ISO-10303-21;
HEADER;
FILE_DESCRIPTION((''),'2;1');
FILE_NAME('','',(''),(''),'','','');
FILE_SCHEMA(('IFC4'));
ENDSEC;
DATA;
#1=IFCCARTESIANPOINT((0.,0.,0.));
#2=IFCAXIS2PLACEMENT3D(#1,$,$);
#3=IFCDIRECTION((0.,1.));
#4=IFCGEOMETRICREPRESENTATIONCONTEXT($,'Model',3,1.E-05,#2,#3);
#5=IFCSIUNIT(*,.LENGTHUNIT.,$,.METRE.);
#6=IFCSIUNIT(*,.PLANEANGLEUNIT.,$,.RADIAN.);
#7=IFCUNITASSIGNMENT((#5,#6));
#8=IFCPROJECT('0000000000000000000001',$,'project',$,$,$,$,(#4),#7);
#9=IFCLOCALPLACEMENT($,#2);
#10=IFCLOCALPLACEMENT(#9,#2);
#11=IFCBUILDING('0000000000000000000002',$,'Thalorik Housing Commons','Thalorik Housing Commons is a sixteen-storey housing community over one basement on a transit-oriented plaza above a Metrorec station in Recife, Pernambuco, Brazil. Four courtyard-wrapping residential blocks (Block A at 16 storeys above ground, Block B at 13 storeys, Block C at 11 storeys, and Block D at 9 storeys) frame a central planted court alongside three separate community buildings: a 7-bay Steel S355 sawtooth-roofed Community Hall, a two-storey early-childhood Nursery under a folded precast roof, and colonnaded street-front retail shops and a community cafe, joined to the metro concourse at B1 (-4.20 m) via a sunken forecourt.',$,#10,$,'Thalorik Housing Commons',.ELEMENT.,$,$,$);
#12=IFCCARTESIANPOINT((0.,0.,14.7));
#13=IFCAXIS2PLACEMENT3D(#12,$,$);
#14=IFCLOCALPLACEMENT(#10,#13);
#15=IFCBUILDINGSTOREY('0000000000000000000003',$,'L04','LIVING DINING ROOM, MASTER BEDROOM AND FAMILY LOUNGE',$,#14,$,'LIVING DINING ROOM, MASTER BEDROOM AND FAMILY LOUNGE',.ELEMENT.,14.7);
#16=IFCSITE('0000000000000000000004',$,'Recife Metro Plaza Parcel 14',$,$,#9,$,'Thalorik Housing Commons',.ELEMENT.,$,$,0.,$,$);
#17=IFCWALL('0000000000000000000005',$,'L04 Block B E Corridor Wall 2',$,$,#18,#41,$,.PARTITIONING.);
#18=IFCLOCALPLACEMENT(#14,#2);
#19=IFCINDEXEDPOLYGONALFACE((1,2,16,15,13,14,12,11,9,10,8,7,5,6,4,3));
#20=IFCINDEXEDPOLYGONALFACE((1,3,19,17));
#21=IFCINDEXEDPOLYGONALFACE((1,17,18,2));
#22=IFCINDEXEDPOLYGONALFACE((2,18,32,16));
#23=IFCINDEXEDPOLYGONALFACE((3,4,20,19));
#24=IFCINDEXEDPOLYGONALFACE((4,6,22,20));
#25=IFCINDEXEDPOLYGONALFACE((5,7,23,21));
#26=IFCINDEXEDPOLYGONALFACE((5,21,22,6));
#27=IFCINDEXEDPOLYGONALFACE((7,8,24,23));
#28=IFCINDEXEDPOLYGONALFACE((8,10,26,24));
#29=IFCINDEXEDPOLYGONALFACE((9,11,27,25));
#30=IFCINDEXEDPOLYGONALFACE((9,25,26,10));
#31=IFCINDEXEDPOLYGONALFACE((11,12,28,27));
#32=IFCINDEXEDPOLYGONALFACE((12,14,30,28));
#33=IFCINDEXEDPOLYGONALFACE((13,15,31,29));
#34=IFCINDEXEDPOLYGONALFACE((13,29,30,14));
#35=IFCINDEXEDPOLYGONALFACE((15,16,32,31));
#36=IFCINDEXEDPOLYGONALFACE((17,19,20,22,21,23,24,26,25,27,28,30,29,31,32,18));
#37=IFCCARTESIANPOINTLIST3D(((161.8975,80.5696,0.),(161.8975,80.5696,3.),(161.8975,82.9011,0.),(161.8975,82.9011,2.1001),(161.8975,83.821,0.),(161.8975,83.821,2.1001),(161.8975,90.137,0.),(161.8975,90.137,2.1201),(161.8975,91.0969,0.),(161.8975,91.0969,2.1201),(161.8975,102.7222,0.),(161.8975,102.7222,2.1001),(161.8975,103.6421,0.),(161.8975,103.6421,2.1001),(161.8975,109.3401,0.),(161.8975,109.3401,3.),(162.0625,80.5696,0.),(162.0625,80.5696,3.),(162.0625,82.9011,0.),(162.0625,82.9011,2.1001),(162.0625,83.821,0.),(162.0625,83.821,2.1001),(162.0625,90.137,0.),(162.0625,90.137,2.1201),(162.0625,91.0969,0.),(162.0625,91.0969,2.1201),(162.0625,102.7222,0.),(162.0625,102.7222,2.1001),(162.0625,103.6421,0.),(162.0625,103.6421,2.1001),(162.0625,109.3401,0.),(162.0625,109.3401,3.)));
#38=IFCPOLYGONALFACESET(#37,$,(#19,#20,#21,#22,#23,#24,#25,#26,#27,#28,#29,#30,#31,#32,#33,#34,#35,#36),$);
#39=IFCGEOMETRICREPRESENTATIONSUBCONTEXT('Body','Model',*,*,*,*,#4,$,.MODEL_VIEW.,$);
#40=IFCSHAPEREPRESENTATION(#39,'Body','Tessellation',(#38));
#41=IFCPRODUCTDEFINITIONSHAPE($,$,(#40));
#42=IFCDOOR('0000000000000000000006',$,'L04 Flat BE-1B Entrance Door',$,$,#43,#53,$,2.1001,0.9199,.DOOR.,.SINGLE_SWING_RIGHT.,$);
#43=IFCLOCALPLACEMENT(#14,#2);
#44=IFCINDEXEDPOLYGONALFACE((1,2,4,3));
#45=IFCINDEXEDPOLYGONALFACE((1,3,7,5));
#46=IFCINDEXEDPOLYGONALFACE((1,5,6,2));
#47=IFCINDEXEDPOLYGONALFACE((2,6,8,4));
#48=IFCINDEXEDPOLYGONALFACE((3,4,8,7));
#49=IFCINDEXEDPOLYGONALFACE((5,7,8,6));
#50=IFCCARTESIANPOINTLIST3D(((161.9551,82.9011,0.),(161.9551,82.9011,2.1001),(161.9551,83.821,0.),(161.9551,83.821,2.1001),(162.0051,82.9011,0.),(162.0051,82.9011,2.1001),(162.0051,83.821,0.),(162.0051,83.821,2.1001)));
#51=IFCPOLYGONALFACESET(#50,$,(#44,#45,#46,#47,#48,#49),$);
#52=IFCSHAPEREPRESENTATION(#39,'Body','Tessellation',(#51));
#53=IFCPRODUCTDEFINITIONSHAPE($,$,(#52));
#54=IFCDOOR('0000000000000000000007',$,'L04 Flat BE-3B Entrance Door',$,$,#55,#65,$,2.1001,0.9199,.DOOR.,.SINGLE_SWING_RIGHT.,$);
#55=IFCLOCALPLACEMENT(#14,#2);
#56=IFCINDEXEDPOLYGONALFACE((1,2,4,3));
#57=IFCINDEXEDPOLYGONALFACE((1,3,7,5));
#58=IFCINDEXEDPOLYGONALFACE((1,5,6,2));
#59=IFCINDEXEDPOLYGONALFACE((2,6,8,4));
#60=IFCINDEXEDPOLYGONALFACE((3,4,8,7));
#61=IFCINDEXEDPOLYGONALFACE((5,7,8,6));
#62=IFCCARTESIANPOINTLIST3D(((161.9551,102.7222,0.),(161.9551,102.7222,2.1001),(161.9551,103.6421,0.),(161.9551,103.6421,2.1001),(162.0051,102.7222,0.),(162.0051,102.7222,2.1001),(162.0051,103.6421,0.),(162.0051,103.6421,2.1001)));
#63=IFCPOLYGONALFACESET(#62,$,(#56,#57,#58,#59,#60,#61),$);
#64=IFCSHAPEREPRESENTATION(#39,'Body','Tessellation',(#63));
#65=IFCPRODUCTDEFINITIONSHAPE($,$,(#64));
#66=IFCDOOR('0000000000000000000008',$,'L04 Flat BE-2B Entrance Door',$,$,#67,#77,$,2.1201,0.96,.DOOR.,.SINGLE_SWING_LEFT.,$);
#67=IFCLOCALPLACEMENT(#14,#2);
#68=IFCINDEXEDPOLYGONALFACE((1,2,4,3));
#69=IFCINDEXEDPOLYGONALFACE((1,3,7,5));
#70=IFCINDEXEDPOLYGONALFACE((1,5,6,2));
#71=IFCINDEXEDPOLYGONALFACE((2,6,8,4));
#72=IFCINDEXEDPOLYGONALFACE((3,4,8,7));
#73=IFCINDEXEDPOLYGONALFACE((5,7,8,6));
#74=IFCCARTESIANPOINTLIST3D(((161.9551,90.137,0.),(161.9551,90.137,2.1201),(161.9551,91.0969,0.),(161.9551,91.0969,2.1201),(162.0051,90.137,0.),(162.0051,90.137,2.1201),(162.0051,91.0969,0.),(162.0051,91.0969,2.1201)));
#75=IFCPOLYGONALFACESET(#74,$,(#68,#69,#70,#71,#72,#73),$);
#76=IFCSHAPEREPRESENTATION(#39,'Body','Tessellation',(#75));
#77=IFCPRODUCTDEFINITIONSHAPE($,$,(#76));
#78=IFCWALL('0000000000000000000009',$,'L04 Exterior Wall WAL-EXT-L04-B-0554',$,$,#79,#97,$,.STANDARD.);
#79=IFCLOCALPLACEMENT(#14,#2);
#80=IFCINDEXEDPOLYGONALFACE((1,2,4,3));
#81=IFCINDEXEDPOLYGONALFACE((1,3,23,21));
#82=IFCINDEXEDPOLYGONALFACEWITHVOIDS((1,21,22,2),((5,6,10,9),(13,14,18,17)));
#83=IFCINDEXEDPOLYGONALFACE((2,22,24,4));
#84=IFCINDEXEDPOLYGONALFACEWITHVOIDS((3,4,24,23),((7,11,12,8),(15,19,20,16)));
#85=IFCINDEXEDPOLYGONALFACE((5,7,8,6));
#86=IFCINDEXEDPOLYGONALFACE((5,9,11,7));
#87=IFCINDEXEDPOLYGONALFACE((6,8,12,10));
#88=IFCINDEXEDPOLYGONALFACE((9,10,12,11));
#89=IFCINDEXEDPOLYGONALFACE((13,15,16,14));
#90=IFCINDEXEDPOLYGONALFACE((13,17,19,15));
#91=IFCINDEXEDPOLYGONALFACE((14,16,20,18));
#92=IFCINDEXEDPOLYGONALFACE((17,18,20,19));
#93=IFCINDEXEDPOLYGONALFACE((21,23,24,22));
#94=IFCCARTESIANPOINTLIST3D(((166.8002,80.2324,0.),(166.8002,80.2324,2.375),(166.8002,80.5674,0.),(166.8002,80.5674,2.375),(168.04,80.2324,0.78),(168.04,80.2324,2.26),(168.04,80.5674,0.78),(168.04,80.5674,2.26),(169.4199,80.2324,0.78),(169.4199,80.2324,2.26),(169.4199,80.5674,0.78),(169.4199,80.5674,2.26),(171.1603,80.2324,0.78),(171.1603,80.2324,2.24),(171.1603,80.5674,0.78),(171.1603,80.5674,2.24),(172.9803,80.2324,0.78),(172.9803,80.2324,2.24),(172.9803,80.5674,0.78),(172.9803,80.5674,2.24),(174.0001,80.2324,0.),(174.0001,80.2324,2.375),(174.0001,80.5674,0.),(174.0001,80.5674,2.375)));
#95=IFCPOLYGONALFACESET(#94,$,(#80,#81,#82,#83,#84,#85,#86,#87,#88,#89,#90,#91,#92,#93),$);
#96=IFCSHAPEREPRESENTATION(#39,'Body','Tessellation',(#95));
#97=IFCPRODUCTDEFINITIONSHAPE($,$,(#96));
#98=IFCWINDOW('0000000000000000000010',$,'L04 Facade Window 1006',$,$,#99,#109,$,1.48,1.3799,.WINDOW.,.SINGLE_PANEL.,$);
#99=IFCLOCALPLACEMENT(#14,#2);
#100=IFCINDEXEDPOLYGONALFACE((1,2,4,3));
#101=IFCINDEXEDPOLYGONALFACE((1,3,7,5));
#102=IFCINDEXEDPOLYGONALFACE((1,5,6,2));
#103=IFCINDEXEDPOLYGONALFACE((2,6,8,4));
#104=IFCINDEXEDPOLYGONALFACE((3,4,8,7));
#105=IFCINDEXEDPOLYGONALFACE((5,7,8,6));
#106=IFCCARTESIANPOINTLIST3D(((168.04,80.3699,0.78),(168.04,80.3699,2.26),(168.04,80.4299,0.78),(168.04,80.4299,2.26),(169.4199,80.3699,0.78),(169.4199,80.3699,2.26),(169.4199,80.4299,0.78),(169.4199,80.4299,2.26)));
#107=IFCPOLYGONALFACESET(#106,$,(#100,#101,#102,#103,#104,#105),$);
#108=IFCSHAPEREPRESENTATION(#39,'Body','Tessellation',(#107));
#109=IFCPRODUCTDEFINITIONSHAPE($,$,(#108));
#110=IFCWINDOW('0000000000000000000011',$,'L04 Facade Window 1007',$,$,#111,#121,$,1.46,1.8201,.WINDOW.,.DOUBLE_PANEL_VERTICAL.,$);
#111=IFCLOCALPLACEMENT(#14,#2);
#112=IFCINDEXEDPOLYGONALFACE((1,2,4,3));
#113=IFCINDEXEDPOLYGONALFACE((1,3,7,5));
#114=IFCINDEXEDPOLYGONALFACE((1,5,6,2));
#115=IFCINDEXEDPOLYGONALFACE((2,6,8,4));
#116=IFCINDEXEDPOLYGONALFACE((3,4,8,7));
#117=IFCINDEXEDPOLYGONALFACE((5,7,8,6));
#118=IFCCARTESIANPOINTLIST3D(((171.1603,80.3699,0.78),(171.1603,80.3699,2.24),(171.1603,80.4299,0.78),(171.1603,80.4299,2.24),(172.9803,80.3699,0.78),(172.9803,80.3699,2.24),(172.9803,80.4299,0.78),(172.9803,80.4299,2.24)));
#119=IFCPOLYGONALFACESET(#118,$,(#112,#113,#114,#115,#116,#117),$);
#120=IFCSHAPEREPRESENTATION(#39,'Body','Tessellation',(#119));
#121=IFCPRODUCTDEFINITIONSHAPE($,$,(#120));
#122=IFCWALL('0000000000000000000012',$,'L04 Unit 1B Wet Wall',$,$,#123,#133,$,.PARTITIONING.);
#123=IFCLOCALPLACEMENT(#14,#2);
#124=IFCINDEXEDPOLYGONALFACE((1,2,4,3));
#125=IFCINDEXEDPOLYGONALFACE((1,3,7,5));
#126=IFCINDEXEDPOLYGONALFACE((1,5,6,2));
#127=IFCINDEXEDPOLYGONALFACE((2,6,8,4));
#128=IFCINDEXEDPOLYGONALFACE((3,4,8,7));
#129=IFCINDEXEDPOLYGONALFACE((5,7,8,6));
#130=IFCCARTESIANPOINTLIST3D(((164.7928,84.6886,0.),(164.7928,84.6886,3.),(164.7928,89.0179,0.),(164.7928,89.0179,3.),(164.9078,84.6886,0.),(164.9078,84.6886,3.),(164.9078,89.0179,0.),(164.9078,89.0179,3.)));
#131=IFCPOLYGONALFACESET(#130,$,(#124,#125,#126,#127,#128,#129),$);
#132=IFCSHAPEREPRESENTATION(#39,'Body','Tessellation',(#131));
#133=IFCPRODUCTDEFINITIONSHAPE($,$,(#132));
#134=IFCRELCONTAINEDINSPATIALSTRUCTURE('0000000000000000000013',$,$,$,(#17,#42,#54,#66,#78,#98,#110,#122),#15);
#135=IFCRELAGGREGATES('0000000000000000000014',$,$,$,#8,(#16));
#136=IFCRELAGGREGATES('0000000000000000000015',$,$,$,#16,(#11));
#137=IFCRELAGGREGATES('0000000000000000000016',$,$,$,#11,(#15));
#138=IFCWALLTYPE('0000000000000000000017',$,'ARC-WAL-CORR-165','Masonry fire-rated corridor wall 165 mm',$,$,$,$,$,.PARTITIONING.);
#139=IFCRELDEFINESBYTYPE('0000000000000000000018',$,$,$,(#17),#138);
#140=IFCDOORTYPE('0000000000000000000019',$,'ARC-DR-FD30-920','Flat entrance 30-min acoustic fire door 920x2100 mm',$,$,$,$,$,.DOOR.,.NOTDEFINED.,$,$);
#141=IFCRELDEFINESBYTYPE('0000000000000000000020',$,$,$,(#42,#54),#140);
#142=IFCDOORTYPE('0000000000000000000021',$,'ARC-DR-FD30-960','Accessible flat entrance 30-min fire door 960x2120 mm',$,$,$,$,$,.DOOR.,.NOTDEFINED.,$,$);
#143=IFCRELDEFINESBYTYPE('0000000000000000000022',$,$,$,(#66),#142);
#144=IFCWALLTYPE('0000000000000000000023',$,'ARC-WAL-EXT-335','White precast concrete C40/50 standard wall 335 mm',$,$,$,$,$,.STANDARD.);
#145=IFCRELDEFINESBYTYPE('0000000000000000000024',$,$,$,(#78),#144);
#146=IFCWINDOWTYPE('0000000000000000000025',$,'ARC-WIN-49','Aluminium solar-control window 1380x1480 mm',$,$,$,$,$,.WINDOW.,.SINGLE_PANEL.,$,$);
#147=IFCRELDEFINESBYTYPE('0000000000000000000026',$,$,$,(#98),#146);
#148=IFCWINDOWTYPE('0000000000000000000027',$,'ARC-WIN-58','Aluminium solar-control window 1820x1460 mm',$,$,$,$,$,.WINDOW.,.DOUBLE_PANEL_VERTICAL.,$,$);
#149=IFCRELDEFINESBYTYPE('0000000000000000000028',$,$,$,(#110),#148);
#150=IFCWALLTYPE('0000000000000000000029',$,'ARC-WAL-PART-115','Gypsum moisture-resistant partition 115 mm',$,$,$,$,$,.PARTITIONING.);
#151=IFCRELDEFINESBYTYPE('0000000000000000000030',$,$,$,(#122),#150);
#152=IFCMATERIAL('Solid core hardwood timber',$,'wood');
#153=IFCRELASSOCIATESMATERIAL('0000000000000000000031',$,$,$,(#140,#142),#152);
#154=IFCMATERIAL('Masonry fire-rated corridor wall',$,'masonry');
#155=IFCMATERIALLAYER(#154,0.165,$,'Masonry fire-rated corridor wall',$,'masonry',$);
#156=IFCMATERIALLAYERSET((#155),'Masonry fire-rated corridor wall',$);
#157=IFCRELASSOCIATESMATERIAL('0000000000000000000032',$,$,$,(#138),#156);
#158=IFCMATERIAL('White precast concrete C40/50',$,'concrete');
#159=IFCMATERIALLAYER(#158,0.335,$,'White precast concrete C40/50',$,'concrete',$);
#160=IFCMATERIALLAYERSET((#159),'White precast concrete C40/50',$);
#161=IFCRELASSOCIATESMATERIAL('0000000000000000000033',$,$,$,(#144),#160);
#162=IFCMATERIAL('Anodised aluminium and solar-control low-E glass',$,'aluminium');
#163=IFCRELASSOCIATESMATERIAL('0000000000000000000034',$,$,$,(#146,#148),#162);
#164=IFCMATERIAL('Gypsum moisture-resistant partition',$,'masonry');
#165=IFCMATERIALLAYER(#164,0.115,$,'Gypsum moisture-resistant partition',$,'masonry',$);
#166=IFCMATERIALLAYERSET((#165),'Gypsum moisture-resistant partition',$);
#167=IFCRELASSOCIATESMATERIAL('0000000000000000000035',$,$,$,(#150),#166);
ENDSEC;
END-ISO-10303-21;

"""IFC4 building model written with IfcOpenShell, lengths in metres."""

from ifc_helpers import new_model, si_unit, direction, frame, frame_2d, origin, place, context, subcontext, project, spatial, rectangle, extrude, material, layer, layer_set, type_object, element, fill, save


model = new_model("IFC4")

# Units and contexts
model_context = context("Model", 3, precision=1e-05, world=origin(), true_north=direction((0.0, 1.0)))
body_context = subcontext(model_context, "Body", "Model", "MODEL_VIEW")
ifc_project = project(units=[si_unit("LENGTHUNIT", "METRE"), si_unit("PLANEANGLEUNIT", "RADIAN")], contexts=[model_context])

# Site, building, storey
site_placement = place(None, origin())
site = spatial("IfcSite", under=ifc_project, at=site_placement, Name="Recife Metro Plaza Parcel 14", LongName="Thalorik Housing Commons", CompositionType="ELEMENT", RefElevation=0.0)
building_placement = place(site_placement, origin())
building = spatial("IfcBuilding", under=site, at=building_placement, Name="Thalorik Housing Commons", Description="Thalorik Housing Commons is a sixteen-storey housing community over one basement on a transit-oriented plaza above a Metrorec station in Recife, Pernambuco, Brazil. Four courtyard-wrapping residential blocks (Block A at 16 storeys above ground, Block B at 13 storeys, Block C at 11 storeys, and Block D at 9 storeys) frame a central planted court alongside three separate community buildings: a 7-bay Steel S355 sawtooth-roofed Community Hall, a two-storey early-childhood Nursery under a folded precast roof, and colonnaded street-front retail shops and a community cafe, joined to the metro concourse at B1 (-4.20 m) via a sunken forecourt.", LongName="Thalorik Housing Commons", CompositionType="ELEMENT")
storey_placement = place(building_placement, frame((0.0, 0.0, 14.7)))
storey = spatial("IfcBuildingStorey", under=building, at=storey_placement, Name="L04", Description="LIVING DINING ROOM, MASTER BEDROOM AND FAMILY LOUNGE", LongName="LIVING DINING ROOM, MASTER BEDROOM AND FAMILY LOUNGE", CompositionType="ELEMENT", Elevation=14.7)

# Wall, openings, doors
ifc_material_1 = material(Name="Masonry fire-rated corridor wall", Category="masonry")
ifc_material_2 = material(Name="Solid core hardwood timber", Category="wood")
door_type_1 = type_object("IfcDoorType", Name="ARC-DR-FD30-920", Description="Flat entrance 30-min acoustic fire door 920x2100 mm", OperationType="NOTDEFINED", PredefinedType="DOOR", material=ifc_material_2)
ifc_layer_1 = layer(ifc_material_1, 0.165, Name="Masonry fire-rated corridor wall", Category="masonry")
ifc_layer_set_1 = layer_set([ifc_layer_1], Name="Masonry fire-rated corridor wall")
wall_type_1 = type_object("IfcWallType", Name="ARC-WAL-CORR-165", Description="Masonry fire-rated corridor wall 165 mm", PredefinedType="PARTITIONING", material=ifc_layer_set_1)
wall_1_placement = place(storey_placement, frame((161.98, 80.5696, 0.0), z_axis=(0.0, 0.0, 1.0), x_axis=(0.0, 1.0, 0.0)))
wall_1 = element("IfcWall", 1, at=wall_1_placement, inside=storey, type_object=wall_type_1, Name="L04 Block B E Corridor Wall 2", PredefinedType="PARTITIONING", context=body_context, shape_type="SweptSolid", body=[
    extrude(rectangle(XDim=28.7705, YDim=0.165, at=frame_2d((14.3853, 0.0))), origin(), (0.0, 0.0, 1.0), 3.0),
])
opening_1_placement = place(wall_1_placement, frame((2.3315, 0.0, 0.0)))
opening_1 = element("IfcOpeningElement", 2, at=opening_1_placement, cuts=wall_1, PredefinedType="OPENING", context=body_context, shape_type="SweptSolid", body=[
    extrude(rectangle(XDim=0.9199, YDim=2.1001, at=frame_2d((0.46, 1.05))), frame((0.0, 0.0925, 0.0), z_axis=(0.0, -1.0, 0.0), x_axis=(1.0, 0.0, 0.0)), (0.0, 0.0, 1.0), 0.1851),
])
opening_2_placement = place(wall_1_placement, frame((9.5674, 0.0, 0.0)))
opening_2 = element("IfcOpeningElement", 3, at=opening_2_placement, cuts=wall_1, PredefinedType="OPENING", context=body_context, shape_type="SweptSolid", body=[
    extrude(rectangle(XDim=0.96, YDim=2.1201, at=frame_2d((0.48, 1.0601))), frame((0.0, 0.0925, 0.0), z_axis=(0.0, -1.0, 0.0), x_axis=(1.0, 0.0, 0.0)), (0.0, 0.0, 1.0), 0.1851),
])
opening_3_placement = place(wall_1_placement, frame((22.1526, 0.0, 0.0)))
opening_3 = element("IfcOpeningElement", 4, at=opening_3_placement, cuts=wall_1, PredefinedType="OPENING", context=body_context, shape_type="SweptSolid", body=[
    extrude(rectangle(XDim=0.9199, YDim=2.1001, at=frame_2d((0.46, 1.05))), frame((0.0, 0.0925, 0.0), z_axis=(0.0, -1.0, 0.0), x_axis=(1.0, 0.0, 0.0)), (0.0, 0.0, 1.0), 0.1851),
])
door_1_placement = place(opening_1_placement, origin())
door_1 = element("IfcDoor", 5, at=door_1_placement, inside=storey, type_object=door_type_1, Name="L04 Flat BE-1B Entrance Door", OperationType="SINGLE_SWING_RIGHT", OverallHeight=2.1001, OverallWidth=0.9199, PredefinedType="DOOR", context=body_context, shape_type="SweptSolid", body=[
    extrude(rectangle(XDim=0.9199, YDim=2.1001, at=frame_2d((0.46, 1.05))), frame((0.0, 0.0249, 0.0), z_axis=(0.0, -1.0, 0.0), x_axis=(1.0, 0.0, 0.0)), (0.0, 0.0, 1.0), 0.05),
])
fill(opening_1, door_1)
door_2_placement = place(opening_3_placement, origin())
door_2 = element("IfcDoor", 6, at=door_2_placement, inside=storey, type_object=door_type_1, Name="L04 Flat BE-3B Entrance Door", OperationType="SINGLE_SWING_RIGHT", OverallHeight=2.1001, OverallWidth=0.9199, PredefinedType="DOOR", context=body_context, shape_type="SweptSolid", body=[
    extrude(rectangle(XDim=0.9199, YDim=2.1001, at=frame_2d((0.46, 1.05))), frame((0.0, 0.0249, 0.0), z_axis=(0.0, -1.0, 0.0), x_axis=(1.0, 0.0, 0.0)), (0.0, 0.0, 1.0), 0.05),
])
fill(opening_3, door_2)
door_type_2 = type_object("IfcDoorType", Name="ARC-DR-FD30-960", Description="Accessible flat entrance 30-min fire door 960x2120 mm", OperationType="NOTDEFINED", PredefinedType="DOOR", material=ifc_material_2)
door_3_placement = place(opening_2_placement, origin())
door_3 = element("IfcDoor", 7, at=door_3_placement, inside=storey, type_object=door_type_2, Name="L04 Flat BE-2B Entrance Door", OperationType="SINGLE_SWING_LEFT", OverallHeight=2.1201, OverallWidth=0.96, PredefinedType="DOOR", context=body_context, shape_type="SweptSolid", body=[
    extrude(rectangle(XDim=0.96, YDim=2.1201, at=frame_2d((0.48, 1.0601))), frame((0.0, 0.0249, 0.0), z_axis=(0.0, -1.0, 0.0), x_axis=(1.0, 0.0, 0.0)), (0.0, 0.0, 1.0), 0.05),
])
fill(opening_2, door_3)

# Wall, openings, windows
ifc_material_3 = material(Name="White precast concrete C40/50", Category="concrete")
ifc_layer_2 = layer(ifc_material_3, 0.335, Name="White precast concrete C40/50", Category="concrete")
ifc_layer_set_2 = layer_set([ifc_layer_2], Name="White precast concrete C40/50")
wall_type_2 = type_object("IfcWallType", Name="ARC-WAL-EXT-335", Description="White precast concrete C40/50 standard wall 335 mm", PredefinedType="STANDARD", material=ifc_layer_set_2)
wall_2_placement = place(storey_placement, frame((166.8, 80.3999, 0.0), z_axis=(0.0, 0.0, 1.0), x_axis=(1.0, 0.0, 0.0)))
wall_2 = element("IfcWall", 8, at=wall_2_placement, inside=storey, type_object=wall_type_2, Name="L04 Exterior Wall WAL-EXT-L04-B-0554", PredefinedType="STANDARD", context=body_context, shape_type="SweptSolid", body=[
    extrude(rectangle(XDim=7.2, YDim=0.335, at=frame_2d((3.6001, 0.0))), origin(), (0.0, 0.0, 1.0), 2.375),
])
opening_4_placement = place(wall_2_placement, frame((1.24, 0.0, 0.78)))
opening_4 = element("IfcOpeningElement", 9, at=opening_4_placement, cuts=wall_2, PredefinedType="OPENING", context=body_context, shape_type="SweptSolid", body=[
    extrude(rectangle(XDim=1.3799, YDim=1.48, at=frame_2d((0.6899, 0.74))), frame((0.0, 0.1775, 0.0), z_axis=(0.0, -1.0, 0.0), x_axis=(1.0, 0.0, 0.0)), (0.0, 0.0, 1.0), 0.355),
])
opening_5_placement = place(wall_2_placement, frame((4.3601, 0.0, 0.78)))
opening_5 = element("IfcOpeningElement", 10, at=opening_5_placement, cuts=wall_2, PredefinedType="OPENING", context=body_context, shape_type="SweptSolid", body=[
    extrude(rectangle(XDim=1.8201, YDim=1.46, at=frame_2d((0.9102, 0.73))), frame((0.0, 0.1775, 0.0), z_axis=(0.0, -1.0, 0.0), x_axis=(1.0, 0.0, 0.0)), (0.0, 0.0, 1.0), 0.355),
])
ifc_material_4 = material(Name="Anodised aluminium and solar-control low-E glass", Category="aluminium")
window_type_1 = type_object("IfcWindowType", Name="ARC-WIN-49", Description="Aluminium solar-control window 1380x1480 mm", PartitioningType="SINGLE_PANEL", PredefinedType="WINDOW", material=ifc_material_4)
window_1_placement = place(opening_4_placement, origin())
window_1 = element("IfcWindow", 11, at=window_1_placement, inside=storey, type_object=window_type_1, Name="L04 Facade Window 1006", OverallHeight=1.48, OverallWidth=1.3799, PartitioningType="SINGLE_PANEL", PredefinedType="WINDOW", context=body_context, shape_type="SweptSolid", body=[
    extrude(rectangle(XDim=1.3799, YDim=1.48, at=frame_2d((0.6899, 0.74))), frame((0.0, 0.03, 0.0), z_axis=(0.0, -1.0, 0.0), x_axis=(1.0, 0.0, 0.0)), (0.0, 0.0, 1.0), 0.0601),
])
fill(opening_4, window_1)
window_type_2 = type_object("IfcWindowType", Name="ARC-WIN-58", Description="Aluminium solar-control window 1820x1460 mm", PartitioningType="DOUBLE_PANEL_VERTICAL", PredefinedType="WINDOW", material=ifc_material_4)
window_2_placement = place(opening_5_placement, origin())
window_2 = element("IfcWindow", 12, at=window_2_placement, inside=storey, type_object=window_type_2, Name="L04 Facade Window 1007", OverallHeight=1.46, OverallWidth=1.8201, PartitioningType="DOUBLE_PANEL_VERTICAL", PredefinedType="WINDOW", context=body_context, shape_type="SweptSolid", body=[
    extrude(rectangle(XDim=1.8201, YDim=1.46, at=frame_2d((0.9102, 0.73))), frame((0.0, 0.03, 0.0), z_axis=(0.0, -1.0, 0.0), x_axis=(1.0, 0.0, 0.0)), (0.0, 0.0, 1.0), 0.0601),
])
fill(opening_5, window_2)

# Wall
ifc_material_5 = material(Name="Gypsum moisture-resistant partition", Category="masonry")
ifc_layer_3 = layer(ifc_material_5, 0.115, Name="Gypsum moisture-resistant partition", Category="masonry")
ifc_layer_set_3 = layer_set([ifc_layer_3], Name="Gypsum moisture-resistant partition")
wall_type_3 = type_object("IfcWallType", Name="ARC-WAL-PART-115", Description="Gypsum moisture-resistant partition 115 mm", PredefinedType="PARTITIONING", material=ifc_layer_set_3)
wall_3_placement = place(storey_placement, frame((164.8503, 84.6887, 0.0), z_axis=(0.0, 0.0, 1.0), x_axis=(0.0, 1.0, 0.0)))
element("IfcWall", 13, at=wall_3_placement, inside=storey, type_object=wall_type_3, Name="L04 Unit 1B Wet Wall", PredefinedType="PARTITIONING", context=body_context, shape_type="SweptSolid", body=[
    extrude(rectangle(XDim=4.3293, YDim=0.115, at=frame_2d((2.1646, 0.0))), origin(), (0.0, 0.0, 1.0), 3.0),
])

save(model, "model.ifc")
